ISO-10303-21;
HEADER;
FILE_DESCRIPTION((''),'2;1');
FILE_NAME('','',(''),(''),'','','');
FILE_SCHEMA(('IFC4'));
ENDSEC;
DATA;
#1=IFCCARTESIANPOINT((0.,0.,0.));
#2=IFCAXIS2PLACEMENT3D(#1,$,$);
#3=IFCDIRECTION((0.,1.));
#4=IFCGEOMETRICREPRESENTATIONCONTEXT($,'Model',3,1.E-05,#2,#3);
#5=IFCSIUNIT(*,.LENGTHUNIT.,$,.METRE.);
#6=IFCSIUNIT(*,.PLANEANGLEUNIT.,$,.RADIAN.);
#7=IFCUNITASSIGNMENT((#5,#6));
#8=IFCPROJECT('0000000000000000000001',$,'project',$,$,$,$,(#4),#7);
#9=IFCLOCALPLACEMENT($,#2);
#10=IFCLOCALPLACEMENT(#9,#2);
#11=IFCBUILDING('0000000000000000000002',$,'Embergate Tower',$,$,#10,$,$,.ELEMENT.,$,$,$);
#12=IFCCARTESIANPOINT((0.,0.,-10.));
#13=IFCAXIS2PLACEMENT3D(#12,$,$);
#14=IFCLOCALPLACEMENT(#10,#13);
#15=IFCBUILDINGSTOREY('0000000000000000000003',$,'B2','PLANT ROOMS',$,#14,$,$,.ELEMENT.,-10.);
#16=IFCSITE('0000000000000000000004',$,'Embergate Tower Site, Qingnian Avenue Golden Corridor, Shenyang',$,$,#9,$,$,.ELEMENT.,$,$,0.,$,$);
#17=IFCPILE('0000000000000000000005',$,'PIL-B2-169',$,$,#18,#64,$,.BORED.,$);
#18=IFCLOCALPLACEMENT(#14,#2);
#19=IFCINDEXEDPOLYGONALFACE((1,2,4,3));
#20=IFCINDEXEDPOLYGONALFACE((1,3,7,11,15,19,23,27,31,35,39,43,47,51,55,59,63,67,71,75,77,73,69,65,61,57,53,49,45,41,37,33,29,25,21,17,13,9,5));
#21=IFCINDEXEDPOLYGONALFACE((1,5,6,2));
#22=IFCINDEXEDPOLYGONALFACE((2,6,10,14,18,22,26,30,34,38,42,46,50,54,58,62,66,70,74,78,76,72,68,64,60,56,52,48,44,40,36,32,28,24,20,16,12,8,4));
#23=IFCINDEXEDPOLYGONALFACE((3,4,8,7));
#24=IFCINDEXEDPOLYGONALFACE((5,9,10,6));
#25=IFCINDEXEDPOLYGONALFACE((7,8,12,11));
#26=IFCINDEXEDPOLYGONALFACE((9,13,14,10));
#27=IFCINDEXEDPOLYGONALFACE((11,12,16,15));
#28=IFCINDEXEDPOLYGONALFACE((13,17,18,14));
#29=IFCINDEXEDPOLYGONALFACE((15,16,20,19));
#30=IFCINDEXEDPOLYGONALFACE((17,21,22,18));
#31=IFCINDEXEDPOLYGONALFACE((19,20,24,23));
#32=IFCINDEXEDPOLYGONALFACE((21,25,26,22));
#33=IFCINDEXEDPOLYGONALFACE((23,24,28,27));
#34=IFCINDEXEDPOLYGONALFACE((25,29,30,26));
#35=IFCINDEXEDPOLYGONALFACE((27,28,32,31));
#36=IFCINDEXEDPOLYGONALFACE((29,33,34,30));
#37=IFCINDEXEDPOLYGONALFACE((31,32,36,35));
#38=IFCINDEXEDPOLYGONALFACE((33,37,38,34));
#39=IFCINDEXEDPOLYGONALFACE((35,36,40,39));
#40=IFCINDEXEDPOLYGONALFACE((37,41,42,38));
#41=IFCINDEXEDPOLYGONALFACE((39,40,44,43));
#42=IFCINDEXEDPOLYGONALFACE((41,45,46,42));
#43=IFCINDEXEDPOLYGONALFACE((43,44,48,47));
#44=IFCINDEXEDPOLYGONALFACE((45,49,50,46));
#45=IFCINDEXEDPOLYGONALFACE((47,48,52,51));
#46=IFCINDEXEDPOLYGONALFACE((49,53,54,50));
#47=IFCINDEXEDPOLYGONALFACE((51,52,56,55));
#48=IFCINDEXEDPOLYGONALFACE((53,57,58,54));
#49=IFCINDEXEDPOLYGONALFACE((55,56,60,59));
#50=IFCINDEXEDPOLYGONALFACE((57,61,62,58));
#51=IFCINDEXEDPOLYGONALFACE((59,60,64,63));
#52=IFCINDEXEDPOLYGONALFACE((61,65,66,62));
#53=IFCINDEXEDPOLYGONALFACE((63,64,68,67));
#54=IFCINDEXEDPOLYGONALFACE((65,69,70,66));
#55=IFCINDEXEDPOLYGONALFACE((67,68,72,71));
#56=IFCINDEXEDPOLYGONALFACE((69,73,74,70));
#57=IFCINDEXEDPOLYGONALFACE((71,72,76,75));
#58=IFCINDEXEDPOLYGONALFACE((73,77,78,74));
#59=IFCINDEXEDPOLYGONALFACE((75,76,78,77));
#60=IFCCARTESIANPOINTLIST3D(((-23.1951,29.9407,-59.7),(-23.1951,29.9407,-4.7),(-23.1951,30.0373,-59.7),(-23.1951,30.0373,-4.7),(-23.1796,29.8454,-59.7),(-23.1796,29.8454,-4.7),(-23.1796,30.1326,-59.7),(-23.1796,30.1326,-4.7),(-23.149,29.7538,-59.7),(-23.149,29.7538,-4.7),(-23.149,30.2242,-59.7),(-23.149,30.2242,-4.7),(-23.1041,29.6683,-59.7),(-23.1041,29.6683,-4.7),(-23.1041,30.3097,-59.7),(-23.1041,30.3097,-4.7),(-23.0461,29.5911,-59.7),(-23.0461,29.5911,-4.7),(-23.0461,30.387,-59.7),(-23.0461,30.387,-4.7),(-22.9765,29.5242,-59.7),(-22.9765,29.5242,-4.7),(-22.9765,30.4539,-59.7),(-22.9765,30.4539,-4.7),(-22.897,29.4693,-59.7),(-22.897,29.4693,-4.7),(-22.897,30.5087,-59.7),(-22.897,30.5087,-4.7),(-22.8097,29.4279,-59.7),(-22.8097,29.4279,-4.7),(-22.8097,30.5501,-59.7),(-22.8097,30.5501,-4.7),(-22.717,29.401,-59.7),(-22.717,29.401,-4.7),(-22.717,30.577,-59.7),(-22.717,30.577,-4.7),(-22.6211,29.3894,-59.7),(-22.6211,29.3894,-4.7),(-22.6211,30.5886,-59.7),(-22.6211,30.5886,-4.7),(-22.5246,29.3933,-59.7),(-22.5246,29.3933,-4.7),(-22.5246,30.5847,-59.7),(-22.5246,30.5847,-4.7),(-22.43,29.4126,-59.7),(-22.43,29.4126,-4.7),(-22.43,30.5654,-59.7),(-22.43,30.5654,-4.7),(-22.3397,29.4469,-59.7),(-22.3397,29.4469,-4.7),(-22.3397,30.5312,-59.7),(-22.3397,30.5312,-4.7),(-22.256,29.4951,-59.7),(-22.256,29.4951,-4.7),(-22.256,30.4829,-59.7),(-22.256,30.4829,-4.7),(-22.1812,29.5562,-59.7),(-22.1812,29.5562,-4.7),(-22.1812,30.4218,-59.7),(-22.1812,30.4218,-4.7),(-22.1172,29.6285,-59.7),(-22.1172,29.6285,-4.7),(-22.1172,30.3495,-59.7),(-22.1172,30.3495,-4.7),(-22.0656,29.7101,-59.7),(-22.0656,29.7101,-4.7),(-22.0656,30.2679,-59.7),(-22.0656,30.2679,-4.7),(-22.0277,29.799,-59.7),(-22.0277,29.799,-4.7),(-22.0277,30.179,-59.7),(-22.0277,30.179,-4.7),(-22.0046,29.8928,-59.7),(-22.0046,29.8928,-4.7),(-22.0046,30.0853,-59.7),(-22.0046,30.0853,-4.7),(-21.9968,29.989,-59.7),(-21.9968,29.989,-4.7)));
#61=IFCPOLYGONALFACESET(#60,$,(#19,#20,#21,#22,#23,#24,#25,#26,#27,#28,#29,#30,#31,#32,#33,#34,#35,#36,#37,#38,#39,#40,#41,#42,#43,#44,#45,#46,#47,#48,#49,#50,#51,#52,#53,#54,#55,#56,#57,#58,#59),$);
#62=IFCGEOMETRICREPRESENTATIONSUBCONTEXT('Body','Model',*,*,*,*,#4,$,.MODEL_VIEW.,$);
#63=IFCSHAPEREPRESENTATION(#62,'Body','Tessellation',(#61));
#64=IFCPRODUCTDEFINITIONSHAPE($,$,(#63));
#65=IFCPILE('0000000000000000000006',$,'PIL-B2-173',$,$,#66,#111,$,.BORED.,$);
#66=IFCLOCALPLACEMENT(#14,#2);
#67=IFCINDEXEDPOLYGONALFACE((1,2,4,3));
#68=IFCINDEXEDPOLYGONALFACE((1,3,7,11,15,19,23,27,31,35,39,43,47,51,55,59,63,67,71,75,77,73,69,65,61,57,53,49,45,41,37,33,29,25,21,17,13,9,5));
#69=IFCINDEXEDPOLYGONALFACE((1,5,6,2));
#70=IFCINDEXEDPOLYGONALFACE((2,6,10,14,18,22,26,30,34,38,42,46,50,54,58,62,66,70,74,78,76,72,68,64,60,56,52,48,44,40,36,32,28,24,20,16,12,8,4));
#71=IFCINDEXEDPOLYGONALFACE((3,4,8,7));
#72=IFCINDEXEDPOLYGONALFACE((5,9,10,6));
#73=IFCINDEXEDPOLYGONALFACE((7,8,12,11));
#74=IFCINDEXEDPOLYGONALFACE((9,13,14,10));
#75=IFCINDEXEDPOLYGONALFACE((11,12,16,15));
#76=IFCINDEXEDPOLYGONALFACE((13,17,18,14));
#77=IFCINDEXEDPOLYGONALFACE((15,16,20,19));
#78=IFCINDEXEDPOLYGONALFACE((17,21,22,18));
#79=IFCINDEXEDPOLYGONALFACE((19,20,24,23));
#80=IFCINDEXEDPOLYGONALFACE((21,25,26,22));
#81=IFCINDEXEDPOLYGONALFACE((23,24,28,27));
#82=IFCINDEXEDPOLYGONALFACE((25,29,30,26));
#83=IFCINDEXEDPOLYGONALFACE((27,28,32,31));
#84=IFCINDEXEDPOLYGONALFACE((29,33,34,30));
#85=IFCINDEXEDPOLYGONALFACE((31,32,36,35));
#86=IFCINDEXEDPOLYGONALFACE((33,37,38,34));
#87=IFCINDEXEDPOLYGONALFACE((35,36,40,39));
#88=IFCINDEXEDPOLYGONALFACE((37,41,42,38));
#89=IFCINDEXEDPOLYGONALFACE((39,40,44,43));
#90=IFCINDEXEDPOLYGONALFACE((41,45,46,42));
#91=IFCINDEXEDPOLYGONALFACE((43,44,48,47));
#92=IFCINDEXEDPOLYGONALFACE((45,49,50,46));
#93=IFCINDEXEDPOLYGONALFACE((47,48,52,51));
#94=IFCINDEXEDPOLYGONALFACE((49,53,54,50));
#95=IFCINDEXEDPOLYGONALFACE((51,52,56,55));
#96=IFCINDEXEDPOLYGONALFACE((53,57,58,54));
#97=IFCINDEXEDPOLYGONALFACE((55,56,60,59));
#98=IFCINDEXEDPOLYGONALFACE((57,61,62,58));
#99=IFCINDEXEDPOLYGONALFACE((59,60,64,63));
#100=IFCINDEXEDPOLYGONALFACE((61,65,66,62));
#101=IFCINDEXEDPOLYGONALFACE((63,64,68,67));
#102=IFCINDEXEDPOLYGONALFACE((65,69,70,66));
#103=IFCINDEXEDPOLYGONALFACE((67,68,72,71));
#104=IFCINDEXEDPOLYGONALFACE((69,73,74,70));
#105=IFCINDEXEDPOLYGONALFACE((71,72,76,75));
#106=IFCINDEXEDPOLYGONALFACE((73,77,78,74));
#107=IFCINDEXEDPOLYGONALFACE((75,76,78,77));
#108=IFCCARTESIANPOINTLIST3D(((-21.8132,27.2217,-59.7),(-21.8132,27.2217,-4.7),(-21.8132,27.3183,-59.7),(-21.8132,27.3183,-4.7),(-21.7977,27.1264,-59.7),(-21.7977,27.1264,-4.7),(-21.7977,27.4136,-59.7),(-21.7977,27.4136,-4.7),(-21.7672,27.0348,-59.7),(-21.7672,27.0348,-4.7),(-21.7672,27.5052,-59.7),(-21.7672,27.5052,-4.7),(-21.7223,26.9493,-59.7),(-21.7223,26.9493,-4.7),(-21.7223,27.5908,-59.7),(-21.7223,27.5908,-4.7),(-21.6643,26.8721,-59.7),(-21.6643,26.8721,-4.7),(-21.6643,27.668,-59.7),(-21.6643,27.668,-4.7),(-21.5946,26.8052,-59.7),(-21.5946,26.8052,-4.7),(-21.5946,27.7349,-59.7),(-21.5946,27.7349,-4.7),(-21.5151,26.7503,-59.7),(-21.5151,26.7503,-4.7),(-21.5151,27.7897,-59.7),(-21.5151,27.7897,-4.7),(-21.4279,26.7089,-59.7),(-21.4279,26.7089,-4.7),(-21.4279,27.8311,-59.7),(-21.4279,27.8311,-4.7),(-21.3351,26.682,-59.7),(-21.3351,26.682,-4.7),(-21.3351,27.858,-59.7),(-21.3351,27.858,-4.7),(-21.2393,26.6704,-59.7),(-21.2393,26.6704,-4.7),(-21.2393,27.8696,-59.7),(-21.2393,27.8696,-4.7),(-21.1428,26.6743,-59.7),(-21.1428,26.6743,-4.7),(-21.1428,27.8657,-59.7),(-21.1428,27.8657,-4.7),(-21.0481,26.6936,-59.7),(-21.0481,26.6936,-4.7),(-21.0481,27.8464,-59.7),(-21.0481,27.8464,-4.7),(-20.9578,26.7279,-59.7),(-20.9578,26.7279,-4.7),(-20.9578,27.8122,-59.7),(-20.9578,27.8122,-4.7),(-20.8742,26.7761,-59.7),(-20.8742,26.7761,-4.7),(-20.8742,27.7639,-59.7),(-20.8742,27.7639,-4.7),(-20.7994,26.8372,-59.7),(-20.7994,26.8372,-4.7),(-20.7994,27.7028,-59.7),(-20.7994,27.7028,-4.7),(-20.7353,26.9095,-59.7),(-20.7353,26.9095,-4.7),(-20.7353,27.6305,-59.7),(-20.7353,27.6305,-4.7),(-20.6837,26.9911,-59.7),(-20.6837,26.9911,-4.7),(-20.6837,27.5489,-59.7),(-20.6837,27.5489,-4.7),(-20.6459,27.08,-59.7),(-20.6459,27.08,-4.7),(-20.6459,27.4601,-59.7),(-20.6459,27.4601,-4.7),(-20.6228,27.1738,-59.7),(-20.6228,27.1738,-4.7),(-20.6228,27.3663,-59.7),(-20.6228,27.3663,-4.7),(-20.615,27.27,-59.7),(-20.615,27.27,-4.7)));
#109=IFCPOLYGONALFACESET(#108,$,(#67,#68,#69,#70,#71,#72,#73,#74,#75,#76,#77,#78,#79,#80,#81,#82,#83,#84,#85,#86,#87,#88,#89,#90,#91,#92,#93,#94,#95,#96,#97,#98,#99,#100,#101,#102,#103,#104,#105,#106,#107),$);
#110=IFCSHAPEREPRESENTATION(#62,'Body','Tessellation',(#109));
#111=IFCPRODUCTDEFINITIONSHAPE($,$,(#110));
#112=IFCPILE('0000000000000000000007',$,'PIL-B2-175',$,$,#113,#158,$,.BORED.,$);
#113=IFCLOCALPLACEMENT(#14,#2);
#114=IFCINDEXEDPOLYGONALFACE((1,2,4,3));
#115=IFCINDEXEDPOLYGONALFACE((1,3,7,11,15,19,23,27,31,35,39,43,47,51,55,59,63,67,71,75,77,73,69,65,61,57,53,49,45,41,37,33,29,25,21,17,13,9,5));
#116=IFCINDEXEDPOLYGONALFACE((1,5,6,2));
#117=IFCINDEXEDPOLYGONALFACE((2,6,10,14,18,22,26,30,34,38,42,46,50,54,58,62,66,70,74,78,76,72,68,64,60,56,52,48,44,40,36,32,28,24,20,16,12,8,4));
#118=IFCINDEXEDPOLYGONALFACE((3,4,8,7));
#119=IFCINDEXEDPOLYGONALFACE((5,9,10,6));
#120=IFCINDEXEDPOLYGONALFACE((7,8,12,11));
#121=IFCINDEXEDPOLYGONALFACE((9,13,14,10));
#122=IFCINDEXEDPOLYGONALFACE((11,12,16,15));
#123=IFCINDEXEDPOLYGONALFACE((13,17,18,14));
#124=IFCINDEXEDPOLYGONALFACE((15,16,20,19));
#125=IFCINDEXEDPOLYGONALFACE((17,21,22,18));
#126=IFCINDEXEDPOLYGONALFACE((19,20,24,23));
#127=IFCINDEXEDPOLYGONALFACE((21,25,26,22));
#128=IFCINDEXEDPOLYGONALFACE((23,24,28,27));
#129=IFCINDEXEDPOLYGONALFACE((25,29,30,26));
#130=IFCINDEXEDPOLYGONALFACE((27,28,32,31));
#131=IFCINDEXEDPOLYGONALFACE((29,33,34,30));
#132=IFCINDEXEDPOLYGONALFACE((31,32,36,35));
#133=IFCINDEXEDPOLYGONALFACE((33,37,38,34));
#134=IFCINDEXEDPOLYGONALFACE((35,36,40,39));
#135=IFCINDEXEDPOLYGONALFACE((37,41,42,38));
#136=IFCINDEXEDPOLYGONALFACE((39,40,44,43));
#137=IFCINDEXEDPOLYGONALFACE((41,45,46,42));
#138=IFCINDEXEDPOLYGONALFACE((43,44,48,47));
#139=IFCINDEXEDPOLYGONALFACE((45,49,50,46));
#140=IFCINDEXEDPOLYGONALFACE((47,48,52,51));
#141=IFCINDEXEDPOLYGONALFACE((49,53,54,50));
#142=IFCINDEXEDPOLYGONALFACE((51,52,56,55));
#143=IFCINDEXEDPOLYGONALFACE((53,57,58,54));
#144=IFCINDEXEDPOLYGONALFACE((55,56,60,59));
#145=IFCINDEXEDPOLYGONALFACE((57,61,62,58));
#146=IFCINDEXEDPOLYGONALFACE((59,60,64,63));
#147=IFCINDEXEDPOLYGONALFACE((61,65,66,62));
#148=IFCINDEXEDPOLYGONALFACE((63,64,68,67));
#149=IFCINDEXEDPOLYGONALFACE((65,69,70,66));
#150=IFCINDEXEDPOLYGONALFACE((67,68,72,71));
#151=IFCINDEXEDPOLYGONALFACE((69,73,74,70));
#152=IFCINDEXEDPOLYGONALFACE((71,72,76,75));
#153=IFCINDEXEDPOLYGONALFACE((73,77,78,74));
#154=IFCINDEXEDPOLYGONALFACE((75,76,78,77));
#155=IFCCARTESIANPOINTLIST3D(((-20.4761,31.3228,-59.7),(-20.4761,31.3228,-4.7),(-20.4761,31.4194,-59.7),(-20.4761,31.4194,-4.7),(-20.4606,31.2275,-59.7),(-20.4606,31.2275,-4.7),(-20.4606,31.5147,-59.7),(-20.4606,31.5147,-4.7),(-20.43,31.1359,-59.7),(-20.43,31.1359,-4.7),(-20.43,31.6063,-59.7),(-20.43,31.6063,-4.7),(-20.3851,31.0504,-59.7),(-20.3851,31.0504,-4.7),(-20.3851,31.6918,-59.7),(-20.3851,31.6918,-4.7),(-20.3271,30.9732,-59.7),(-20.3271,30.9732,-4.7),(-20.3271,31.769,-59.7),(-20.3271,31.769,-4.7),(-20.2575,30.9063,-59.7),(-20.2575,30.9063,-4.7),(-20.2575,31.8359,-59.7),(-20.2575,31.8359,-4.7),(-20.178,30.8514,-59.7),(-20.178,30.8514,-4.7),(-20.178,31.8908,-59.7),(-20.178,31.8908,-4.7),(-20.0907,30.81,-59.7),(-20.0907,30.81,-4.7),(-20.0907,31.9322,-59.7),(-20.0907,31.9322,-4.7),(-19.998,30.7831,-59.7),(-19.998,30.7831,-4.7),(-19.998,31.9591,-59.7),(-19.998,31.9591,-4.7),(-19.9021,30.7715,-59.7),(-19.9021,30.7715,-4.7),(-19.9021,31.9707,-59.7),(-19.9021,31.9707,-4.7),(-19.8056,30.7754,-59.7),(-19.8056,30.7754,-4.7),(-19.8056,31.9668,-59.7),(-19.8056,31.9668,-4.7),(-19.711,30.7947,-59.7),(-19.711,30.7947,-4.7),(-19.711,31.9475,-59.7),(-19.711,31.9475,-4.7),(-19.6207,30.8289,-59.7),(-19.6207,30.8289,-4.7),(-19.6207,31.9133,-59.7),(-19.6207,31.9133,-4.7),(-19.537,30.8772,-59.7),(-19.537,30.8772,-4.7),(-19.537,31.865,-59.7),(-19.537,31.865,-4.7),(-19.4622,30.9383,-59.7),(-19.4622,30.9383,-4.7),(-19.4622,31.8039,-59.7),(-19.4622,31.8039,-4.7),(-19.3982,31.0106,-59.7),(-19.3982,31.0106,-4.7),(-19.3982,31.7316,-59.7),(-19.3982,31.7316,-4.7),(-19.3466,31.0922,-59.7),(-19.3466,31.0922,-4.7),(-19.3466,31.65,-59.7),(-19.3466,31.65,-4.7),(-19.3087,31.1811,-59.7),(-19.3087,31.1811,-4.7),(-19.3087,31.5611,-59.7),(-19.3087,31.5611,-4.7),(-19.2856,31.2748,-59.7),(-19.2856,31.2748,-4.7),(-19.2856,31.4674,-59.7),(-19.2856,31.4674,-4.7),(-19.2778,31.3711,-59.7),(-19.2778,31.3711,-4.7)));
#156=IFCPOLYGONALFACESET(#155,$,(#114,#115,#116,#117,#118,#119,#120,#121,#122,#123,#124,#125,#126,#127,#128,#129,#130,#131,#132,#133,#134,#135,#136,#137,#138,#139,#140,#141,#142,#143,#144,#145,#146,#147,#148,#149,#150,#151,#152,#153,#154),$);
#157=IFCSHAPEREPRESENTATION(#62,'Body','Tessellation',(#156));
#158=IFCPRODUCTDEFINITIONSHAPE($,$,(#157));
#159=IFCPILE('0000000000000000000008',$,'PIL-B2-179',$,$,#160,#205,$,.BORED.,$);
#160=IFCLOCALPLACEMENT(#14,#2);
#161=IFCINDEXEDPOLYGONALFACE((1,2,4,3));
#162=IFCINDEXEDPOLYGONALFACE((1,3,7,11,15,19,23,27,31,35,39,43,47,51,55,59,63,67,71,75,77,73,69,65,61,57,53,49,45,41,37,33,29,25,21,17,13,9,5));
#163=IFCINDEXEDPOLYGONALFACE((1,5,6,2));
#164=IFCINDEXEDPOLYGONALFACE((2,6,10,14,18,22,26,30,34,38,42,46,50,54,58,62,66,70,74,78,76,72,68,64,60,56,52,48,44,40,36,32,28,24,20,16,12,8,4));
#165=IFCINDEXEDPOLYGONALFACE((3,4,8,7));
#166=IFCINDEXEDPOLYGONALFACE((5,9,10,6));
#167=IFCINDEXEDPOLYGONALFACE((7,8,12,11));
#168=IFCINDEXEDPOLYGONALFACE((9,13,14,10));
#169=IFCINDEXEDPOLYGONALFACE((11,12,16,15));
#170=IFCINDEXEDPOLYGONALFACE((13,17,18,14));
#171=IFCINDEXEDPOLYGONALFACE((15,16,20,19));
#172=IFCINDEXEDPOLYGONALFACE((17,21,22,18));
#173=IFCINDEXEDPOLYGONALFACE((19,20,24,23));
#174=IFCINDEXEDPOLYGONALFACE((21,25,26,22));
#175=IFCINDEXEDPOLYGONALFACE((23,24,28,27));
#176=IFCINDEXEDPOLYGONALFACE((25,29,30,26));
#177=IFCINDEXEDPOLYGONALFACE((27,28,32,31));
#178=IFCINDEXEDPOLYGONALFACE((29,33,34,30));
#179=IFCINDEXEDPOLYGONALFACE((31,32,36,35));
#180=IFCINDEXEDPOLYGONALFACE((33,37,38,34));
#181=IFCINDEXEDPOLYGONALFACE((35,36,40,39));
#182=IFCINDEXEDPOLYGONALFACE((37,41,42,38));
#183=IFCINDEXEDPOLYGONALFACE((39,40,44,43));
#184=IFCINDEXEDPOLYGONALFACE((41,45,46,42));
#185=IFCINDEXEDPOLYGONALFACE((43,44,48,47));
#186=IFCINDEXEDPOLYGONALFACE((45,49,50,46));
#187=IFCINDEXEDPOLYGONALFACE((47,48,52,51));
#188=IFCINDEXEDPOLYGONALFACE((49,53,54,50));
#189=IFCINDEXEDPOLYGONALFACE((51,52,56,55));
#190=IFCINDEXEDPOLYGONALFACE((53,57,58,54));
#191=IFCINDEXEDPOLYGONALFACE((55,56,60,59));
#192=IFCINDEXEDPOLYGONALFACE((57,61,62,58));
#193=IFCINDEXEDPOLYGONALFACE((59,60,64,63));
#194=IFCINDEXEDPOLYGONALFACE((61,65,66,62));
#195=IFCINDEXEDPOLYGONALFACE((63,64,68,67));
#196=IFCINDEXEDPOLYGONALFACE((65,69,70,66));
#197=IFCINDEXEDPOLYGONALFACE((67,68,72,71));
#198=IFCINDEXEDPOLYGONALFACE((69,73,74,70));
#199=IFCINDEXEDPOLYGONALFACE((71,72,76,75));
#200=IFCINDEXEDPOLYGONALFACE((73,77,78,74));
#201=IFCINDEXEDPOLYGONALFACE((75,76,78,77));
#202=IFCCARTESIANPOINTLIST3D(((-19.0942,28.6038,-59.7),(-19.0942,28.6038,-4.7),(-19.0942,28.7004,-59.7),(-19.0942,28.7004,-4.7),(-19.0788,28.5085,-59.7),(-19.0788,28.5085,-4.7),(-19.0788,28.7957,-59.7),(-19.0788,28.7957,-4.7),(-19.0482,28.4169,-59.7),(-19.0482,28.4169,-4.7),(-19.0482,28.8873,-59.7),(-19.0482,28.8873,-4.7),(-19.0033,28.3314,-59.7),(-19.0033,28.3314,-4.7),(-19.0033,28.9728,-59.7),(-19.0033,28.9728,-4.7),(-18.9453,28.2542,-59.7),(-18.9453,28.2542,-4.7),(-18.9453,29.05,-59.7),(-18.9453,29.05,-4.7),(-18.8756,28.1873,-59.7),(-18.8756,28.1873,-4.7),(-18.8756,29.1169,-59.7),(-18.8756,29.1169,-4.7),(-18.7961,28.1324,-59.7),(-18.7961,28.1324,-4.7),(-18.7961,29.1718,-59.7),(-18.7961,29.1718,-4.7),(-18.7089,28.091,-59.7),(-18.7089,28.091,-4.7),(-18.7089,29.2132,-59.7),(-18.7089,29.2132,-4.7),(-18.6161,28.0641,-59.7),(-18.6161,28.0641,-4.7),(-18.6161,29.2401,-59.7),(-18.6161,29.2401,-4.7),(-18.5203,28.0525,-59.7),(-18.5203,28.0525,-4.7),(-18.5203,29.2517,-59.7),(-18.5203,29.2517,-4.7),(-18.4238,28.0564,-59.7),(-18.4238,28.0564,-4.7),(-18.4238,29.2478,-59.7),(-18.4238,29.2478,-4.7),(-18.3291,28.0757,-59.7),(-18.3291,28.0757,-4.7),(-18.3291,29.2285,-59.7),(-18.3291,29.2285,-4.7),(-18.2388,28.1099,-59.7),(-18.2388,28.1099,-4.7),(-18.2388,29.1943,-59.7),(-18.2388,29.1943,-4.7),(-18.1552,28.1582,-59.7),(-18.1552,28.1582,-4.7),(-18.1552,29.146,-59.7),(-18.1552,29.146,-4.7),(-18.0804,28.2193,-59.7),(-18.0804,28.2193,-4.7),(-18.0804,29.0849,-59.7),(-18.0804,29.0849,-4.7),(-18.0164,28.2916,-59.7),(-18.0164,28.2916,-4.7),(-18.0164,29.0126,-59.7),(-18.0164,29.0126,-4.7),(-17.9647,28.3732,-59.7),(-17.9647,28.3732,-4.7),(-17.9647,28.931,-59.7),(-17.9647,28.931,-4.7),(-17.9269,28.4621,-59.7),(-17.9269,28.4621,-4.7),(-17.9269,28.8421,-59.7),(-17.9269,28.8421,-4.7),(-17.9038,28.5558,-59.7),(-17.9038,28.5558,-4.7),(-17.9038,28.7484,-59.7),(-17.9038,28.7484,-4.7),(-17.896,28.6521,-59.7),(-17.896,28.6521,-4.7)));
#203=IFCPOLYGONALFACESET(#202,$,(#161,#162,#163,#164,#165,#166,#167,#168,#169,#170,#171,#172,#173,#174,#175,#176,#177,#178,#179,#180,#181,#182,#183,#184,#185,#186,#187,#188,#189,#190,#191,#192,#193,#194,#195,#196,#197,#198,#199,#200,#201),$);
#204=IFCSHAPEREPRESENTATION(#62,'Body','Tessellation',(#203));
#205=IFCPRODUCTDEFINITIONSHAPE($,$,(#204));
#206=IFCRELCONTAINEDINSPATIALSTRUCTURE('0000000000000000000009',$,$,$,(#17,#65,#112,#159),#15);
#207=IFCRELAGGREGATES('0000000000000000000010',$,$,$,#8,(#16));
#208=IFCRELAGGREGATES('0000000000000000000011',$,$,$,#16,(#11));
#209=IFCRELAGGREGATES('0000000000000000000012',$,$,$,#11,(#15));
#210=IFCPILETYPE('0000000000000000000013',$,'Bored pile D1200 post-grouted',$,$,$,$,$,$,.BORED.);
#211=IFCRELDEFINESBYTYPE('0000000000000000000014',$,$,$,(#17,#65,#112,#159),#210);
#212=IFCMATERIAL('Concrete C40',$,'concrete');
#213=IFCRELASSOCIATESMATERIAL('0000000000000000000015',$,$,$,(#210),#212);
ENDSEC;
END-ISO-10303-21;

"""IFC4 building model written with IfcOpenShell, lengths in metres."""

from ifc_helpers import new_model, si_unit, direction, frame, origin, origin_2d, place, context, subcontext, project, spatial, circle, extrude, source, transform, mapped, material, material_profile, profile_set, type_object, element, save


model = new_model("IFC4")

# Units and contexts
model_context = context("Model", 3, precision=1e-05, world=origin(), true_north=direction((0.0, 1.0)))
body_context = subcontext(model_context, "Body", "Model", "MODEL_VIEW")
ifc_project = project(units=[si_unit("LENGTHUNIT", "METRE"), si_unit("PLANEANGLEUNIT", "RADIAN")], contexts=[model_context])

# Site, building, storey
site_placement = place(None, origin())
site = spatial("IfcSite", under=ifc_project, at=site_placement, Name="Embergate Tower Site, Qingnian Avenue Golden Corridor, Shenyang", CompositionType="ELEMENT", RefElevation=0.0)
building_placement = place(site_placement, origin())
building = spatial("IfcBuilding", under=site, at=building_placement, Name="Embergate Tower", CompositionType="ELEMENT")
storey_placement = place(building_placement, frame((0.0, 0.0, -10.0)))
storey = spatial("IfcBuildingStorey", under=building, at=storey_placement, Name="B2", Description="PLANT ROOMS", CompositionType="ELEMENT", Elevation=-10.0)

# Piles
ifc_material_1 = material(Name="Concrete C40", Category="concrete")
ifc_material_profile = material_profile(ifc_material_1, circle(Radius=0.6001, at=origin_2d()), Name="D1200")
ifc_profile_set = profile_set([ifc_material_profile], Name="Concrete C40")
pile_type = type_object("IfcPileType", Name="Bored pile D1200 post-grouted", PredefinedType="BORED", material=ifc_profile_set)
shared_shape_1 = source(origin(), body_context, "Body", "SweptSolid", [
    extrude(circle(Radius=0.6001, at=origin_2d()), origin(), (0.0, 0.0, 1.0), 55.0),
])
for number, where, z_axis, x_axis, name in (
    (1, (-22.5969, 29.989, -4.7), (0.0, 0.0, -1.0), (1.0, 0.0, 0.0), "PIL-B2-169"),
    (2, (-21.2151, 27.27, -4.7), (0.0, 0.0, -1.0), (1.0, 0.0, 0.0), "PIL-B2-173"),
    (3, (-19.8779, 31.3711, -4.7), (0.0, 0.0, -1.0), (1.0, 0.0, 0.0), "PIL-B2-175"),
    (4, (-18.4961, 28.6521, -4.7), (0.0, 0.0, -1.0), (1.0, 0.0, 0.0), "PIL-B2-179"),
):
    element("IfcPile", number, at=place(storey_placement, frame(where, z_axis=z_axis, x_axis=x_axis)), inside=storey, type_object=pile_type, Name=name, PredefinedType="BORED", context=body_context, shape_type="MappedRepresentation", body=[
        mapped(shared_shape_1, transform((0.0, 0.0, 0.0))),
    ])

save(model, "model.ifc")
